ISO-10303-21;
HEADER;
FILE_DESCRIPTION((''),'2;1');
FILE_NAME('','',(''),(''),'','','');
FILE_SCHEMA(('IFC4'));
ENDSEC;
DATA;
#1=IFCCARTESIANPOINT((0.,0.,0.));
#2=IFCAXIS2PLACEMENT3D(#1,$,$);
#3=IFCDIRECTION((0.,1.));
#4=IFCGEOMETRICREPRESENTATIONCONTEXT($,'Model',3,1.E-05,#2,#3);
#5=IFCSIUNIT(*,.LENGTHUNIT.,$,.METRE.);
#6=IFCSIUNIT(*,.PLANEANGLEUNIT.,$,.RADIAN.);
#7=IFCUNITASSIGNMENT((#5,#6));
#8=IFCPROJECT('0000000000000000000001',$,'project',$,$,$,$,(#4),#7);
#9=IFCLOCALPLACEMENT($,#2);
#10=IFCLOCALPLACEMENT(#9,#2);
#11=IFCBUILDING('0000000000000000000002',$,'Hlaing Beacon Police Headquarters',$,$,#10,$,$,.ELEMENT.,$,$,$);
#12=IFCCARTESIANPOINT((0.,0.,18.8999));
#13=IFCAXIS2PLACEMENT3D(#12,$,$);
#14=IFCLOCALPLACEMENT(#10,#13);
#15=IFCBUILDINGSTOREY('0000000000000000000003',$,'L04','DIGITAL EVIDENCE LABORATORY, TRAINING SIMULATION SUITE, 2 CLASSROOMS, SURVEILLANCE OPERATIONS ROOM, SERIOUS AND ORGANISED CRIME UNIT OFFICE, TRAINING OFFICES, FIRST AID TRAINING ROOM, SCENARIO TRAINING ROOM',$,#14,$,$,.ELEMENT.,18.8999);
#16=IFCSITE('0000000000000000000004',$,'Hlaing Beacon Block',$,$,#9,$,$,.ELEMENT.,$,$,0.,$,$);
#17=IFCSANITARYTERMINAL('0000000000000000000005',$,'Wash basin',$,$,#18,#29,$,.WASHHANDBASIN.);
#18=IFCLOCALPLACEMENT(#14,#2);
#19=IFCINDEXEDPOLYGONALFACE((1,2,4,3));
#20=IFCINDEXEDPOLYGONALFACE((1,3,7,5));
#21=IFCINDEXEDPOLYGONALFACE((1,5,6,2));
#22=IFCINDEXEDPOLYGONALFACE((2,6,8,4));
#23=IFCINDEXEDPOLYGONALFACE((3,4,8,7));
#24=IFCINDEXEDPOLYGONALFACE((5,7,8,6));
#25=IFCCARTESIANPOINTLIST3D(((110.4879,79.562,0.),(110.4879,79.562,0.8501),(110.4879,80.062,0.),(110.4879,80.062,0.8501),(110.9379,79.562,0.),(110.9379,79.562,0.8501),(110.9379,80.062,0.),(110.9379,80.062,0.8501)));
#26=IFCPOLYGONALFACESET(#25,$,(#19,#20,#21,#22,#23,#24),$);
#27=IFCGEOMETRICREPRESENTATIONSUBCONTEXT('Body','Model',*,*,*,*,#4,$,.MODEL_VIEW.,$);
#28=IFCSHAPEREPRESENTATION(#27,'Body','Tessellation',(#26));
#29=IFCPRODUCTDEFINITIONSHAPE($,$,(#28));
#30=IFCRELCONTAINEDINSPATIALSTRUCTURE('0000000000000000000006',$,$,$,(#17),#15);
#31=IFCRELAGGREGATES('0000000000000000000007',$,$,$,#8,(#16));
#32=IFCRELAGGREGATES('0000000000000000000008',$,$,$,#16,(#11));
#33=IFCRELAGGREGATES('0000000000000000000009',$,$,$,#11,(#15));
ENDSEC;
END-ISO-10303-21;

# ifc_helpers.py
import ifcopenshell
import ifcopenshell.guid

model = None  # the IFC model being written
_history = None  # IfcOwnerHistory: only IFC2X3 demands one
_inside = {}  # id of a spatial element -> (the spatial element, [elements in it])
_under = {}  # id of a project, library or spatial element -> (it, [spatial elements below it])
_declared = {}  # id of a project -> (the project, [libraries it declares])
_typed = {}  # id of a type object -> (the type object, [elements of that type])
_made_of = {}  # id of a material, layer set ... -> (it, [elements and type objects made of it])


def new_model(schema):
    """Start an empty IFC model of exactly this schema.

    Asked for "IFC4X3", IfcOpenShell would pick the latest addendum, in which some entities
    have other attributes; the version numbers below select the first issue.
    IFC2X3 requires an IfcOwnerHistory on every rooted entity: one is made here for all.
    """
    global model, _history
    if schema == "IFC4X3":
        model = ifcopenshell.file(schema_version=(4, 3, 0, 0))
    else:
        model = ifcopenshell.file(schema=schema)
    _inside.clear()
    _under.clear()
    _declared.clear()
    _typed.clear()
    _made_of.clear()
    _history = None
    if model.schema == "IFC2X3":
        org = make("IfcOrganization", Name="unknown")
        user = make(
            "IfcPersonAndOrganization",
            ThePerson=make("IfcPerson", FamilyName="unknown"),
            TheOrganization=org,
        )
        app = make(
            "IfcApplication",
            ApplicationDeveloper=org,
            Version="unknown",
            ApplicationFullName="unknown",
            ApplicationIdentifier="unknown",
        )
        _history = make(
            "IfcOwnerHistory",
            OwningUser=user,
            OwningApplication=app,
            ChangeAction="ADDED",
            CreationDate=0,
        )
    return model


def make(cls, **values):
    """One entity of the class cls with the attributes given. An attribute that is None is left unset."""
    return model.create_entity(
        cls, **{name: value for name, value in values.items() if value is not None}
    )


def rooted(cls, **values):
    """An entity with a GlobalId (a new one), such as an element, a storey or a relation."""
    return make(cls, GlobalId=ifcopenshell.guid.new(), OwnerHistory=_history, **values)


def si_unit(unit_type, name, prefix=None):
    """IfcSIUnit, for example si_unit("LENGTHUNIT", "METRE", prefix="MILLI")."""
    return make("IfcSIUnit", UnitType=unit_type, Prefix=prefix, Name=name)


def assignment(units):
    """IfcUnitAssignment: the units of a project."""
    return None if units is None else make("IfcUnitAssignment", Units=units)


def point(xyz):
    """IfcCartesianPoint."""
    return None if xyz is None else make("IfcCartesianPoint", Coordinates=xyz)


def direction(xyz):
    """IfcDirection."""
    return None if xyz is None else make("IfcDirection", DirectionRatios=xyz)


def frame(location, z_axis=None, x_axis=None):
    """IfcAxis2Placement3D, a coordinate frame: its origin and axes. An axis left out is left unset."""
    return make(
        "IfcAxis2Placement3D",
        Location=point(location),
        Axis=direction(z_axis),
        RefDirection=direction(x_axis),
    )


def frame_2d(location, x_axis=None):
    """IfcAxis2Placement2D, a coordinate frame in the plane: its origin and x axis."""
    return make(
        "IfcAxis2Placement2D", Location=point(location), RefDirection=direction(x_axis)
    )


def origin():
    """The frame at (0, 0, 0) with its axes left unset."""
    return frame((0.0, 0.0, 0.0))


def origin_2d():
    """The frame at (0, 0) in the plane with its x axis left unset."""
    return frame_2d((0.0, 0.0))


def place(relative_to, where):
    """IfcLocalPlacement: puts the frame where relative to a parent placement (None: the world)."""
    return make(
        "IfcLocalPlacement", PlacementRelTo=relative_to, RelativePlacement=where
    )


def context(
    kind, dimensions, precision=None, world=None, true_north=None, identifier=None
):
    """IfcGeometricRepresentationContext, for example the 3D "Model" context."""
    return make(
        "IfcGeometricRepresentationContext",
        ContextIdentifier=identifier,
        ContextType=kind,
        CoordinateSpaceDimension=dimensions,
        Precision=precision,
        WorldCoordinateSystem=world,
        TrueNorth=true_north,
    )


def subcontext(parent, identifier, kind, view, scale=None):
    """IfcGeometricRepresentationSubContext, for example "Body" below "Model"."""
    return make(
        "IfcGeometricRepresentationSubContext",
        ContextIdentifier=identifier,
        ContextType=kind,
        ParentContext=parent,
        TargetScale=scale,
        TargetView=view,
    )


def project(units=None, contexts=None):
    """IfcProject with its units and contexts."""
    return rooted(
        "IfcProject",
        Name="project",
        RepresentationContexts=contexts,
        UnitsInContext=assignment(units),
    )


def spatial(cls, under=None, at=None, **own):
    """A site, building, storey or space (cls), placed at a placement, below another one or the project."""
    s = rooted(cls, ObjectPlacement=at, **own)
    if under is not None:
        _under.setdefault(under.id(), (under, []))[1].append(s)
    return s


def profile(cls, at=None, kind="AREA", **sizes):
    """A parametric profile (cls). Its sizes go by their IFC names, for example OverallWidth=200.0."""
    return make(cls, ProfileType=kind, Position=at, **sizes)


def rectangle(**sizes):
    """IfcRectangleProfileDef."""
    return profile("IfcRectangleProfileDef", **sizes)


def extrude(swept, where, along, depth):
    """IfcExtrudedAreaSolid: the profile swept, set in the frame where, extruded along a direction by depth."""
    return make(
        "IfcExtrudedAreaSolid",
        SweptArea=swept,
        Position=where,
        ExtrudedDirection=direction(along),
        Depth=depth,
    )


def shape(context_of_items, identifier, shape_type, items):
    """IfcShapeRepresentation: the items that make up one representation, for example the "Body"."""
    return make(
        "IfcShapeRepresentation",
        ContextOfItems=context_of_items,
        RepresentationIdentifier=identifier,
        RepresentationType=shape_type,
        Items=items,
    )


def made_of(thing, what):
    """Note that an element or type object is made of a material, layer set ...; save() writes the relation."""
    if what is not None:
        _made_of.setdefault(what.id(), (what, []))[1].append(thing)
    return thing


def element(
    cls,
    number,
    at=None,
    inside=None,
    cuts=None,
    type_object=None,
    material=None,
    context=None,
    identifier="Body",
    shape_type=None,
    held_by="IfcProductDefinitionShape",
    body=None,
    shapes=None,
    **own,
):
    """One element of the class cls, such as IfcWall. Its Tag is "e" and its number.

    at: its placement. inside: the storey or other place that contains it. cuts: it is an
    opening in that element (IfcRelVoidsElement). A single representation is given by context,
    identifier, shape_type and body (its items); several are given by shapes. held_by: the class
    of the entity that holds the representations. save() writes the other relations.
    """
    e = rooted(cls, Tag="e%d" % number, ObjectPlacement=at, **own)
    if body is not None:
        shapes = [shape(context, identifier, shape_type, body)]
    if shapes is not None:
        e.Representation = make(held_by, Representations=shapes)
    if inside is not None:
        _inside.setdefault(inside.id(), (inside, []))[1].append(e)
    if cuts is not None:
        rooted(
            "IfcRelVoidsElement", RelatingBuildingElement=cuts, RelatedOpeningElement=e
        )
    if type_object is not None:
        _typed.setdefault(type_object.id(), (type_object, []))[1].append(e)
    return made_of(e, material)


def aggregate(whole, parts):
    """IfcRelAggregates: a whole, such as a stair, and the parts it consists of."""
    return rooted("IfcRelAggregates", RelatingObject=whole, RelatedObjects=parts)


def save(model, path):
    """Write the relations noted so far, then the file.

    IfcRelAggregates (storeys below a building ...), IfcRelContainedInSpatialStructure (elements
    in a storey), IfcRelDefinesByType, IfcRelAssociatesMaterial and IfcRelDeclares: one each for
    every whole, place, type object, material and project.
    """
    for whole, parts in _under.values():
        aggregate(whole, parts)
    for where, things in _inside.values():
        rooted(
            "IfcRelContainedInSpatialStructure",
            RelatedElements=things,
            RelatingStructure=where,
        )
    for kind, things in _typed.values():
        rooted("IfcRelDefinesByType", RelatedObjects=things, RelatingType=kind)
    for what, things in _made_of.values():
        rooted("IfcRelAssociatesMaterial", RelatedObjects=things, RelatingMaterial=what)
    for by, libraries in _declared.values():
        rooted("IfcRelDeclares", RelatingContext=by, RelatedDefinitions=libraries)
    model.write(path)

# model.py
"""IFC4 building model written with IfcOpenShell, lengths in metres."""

from ifc_helpers import new_model, si_unit, direction, frame, origin, origin_2d, place, context, subcontext, project, spatial, rectangle, extrude, element, save


model = new_model("IFC4")

# Units and contexts
model_context = context("Model", 3, precision=1e-05, world=origin(), true_north=direction((0.0, 1.0)))
body_context = subcontext(model_context, "Body", "Model", "MODEL_VIEW")
ifc_project = project(units=[si_unit("LENGTHUNIT", "METRE"), si_unit("PLANEANGLEUNIT", "RADIAN")], contexts=[model_context])

# Site, building, storey
site_placement = place(None, origin())
site = spatial("IfcSite", under=ifc_project, at=site_placement, Name="Hlaing Beacon Block", CompositionType="ELEMENT", RefElevation=0.0)
building_placement = place(site_placement, origin())
building = spatial("IfcBuilding", under=site, at=building_placement, Name="Hlaing Beacon Police Headquarters", CompositionType="ELEMENT")
storey_placement = place(building_placement, frame((0.0, 0.0, 18.8999)))
storey = spatial("IfcBuildingStorey", under=building, at=storey_placement, Name="L04", Description="DIGITAL EVIDENCE LABORATORY, TRAINING SIMULATION SUITE, 2 CLASSROOMS, SURVEILLANCE OPERATIONS ROOM, SERIOUS AND ORGANISED CRIME UNIT OFFICE, TRAINING OFFICES, FIRST AID TRAINING ROOM, SCENARIO TRAINING ROOM", CompositionType="ELEMENT", Elevation=18.8999)

# Sanitary terminal
for number, where, z_axis, x_axis, name in (
    (1, (110.7129, 79.812, 0.0), (0.0, 0.0, 1.0), (1.0, 0.0, 0.0), "Wash basin"),
):
    element("IfcSanitaryTerminal", number, at=place(storey_placement, frame(where, z_axis=z_axis, x_axis=x_axis)), inside=storey, Name=name, PredefinedType="WASHHANDBASIN", context=body_context, shape_type="SweptSolid", body=[
        extrude(rectangle(XDim=0.45, YDim=0.5, at=origin_2d()), origin(), (0.0, 0.0, 1.0), 0.8501),
    ])

save(model, "model.ifc")
